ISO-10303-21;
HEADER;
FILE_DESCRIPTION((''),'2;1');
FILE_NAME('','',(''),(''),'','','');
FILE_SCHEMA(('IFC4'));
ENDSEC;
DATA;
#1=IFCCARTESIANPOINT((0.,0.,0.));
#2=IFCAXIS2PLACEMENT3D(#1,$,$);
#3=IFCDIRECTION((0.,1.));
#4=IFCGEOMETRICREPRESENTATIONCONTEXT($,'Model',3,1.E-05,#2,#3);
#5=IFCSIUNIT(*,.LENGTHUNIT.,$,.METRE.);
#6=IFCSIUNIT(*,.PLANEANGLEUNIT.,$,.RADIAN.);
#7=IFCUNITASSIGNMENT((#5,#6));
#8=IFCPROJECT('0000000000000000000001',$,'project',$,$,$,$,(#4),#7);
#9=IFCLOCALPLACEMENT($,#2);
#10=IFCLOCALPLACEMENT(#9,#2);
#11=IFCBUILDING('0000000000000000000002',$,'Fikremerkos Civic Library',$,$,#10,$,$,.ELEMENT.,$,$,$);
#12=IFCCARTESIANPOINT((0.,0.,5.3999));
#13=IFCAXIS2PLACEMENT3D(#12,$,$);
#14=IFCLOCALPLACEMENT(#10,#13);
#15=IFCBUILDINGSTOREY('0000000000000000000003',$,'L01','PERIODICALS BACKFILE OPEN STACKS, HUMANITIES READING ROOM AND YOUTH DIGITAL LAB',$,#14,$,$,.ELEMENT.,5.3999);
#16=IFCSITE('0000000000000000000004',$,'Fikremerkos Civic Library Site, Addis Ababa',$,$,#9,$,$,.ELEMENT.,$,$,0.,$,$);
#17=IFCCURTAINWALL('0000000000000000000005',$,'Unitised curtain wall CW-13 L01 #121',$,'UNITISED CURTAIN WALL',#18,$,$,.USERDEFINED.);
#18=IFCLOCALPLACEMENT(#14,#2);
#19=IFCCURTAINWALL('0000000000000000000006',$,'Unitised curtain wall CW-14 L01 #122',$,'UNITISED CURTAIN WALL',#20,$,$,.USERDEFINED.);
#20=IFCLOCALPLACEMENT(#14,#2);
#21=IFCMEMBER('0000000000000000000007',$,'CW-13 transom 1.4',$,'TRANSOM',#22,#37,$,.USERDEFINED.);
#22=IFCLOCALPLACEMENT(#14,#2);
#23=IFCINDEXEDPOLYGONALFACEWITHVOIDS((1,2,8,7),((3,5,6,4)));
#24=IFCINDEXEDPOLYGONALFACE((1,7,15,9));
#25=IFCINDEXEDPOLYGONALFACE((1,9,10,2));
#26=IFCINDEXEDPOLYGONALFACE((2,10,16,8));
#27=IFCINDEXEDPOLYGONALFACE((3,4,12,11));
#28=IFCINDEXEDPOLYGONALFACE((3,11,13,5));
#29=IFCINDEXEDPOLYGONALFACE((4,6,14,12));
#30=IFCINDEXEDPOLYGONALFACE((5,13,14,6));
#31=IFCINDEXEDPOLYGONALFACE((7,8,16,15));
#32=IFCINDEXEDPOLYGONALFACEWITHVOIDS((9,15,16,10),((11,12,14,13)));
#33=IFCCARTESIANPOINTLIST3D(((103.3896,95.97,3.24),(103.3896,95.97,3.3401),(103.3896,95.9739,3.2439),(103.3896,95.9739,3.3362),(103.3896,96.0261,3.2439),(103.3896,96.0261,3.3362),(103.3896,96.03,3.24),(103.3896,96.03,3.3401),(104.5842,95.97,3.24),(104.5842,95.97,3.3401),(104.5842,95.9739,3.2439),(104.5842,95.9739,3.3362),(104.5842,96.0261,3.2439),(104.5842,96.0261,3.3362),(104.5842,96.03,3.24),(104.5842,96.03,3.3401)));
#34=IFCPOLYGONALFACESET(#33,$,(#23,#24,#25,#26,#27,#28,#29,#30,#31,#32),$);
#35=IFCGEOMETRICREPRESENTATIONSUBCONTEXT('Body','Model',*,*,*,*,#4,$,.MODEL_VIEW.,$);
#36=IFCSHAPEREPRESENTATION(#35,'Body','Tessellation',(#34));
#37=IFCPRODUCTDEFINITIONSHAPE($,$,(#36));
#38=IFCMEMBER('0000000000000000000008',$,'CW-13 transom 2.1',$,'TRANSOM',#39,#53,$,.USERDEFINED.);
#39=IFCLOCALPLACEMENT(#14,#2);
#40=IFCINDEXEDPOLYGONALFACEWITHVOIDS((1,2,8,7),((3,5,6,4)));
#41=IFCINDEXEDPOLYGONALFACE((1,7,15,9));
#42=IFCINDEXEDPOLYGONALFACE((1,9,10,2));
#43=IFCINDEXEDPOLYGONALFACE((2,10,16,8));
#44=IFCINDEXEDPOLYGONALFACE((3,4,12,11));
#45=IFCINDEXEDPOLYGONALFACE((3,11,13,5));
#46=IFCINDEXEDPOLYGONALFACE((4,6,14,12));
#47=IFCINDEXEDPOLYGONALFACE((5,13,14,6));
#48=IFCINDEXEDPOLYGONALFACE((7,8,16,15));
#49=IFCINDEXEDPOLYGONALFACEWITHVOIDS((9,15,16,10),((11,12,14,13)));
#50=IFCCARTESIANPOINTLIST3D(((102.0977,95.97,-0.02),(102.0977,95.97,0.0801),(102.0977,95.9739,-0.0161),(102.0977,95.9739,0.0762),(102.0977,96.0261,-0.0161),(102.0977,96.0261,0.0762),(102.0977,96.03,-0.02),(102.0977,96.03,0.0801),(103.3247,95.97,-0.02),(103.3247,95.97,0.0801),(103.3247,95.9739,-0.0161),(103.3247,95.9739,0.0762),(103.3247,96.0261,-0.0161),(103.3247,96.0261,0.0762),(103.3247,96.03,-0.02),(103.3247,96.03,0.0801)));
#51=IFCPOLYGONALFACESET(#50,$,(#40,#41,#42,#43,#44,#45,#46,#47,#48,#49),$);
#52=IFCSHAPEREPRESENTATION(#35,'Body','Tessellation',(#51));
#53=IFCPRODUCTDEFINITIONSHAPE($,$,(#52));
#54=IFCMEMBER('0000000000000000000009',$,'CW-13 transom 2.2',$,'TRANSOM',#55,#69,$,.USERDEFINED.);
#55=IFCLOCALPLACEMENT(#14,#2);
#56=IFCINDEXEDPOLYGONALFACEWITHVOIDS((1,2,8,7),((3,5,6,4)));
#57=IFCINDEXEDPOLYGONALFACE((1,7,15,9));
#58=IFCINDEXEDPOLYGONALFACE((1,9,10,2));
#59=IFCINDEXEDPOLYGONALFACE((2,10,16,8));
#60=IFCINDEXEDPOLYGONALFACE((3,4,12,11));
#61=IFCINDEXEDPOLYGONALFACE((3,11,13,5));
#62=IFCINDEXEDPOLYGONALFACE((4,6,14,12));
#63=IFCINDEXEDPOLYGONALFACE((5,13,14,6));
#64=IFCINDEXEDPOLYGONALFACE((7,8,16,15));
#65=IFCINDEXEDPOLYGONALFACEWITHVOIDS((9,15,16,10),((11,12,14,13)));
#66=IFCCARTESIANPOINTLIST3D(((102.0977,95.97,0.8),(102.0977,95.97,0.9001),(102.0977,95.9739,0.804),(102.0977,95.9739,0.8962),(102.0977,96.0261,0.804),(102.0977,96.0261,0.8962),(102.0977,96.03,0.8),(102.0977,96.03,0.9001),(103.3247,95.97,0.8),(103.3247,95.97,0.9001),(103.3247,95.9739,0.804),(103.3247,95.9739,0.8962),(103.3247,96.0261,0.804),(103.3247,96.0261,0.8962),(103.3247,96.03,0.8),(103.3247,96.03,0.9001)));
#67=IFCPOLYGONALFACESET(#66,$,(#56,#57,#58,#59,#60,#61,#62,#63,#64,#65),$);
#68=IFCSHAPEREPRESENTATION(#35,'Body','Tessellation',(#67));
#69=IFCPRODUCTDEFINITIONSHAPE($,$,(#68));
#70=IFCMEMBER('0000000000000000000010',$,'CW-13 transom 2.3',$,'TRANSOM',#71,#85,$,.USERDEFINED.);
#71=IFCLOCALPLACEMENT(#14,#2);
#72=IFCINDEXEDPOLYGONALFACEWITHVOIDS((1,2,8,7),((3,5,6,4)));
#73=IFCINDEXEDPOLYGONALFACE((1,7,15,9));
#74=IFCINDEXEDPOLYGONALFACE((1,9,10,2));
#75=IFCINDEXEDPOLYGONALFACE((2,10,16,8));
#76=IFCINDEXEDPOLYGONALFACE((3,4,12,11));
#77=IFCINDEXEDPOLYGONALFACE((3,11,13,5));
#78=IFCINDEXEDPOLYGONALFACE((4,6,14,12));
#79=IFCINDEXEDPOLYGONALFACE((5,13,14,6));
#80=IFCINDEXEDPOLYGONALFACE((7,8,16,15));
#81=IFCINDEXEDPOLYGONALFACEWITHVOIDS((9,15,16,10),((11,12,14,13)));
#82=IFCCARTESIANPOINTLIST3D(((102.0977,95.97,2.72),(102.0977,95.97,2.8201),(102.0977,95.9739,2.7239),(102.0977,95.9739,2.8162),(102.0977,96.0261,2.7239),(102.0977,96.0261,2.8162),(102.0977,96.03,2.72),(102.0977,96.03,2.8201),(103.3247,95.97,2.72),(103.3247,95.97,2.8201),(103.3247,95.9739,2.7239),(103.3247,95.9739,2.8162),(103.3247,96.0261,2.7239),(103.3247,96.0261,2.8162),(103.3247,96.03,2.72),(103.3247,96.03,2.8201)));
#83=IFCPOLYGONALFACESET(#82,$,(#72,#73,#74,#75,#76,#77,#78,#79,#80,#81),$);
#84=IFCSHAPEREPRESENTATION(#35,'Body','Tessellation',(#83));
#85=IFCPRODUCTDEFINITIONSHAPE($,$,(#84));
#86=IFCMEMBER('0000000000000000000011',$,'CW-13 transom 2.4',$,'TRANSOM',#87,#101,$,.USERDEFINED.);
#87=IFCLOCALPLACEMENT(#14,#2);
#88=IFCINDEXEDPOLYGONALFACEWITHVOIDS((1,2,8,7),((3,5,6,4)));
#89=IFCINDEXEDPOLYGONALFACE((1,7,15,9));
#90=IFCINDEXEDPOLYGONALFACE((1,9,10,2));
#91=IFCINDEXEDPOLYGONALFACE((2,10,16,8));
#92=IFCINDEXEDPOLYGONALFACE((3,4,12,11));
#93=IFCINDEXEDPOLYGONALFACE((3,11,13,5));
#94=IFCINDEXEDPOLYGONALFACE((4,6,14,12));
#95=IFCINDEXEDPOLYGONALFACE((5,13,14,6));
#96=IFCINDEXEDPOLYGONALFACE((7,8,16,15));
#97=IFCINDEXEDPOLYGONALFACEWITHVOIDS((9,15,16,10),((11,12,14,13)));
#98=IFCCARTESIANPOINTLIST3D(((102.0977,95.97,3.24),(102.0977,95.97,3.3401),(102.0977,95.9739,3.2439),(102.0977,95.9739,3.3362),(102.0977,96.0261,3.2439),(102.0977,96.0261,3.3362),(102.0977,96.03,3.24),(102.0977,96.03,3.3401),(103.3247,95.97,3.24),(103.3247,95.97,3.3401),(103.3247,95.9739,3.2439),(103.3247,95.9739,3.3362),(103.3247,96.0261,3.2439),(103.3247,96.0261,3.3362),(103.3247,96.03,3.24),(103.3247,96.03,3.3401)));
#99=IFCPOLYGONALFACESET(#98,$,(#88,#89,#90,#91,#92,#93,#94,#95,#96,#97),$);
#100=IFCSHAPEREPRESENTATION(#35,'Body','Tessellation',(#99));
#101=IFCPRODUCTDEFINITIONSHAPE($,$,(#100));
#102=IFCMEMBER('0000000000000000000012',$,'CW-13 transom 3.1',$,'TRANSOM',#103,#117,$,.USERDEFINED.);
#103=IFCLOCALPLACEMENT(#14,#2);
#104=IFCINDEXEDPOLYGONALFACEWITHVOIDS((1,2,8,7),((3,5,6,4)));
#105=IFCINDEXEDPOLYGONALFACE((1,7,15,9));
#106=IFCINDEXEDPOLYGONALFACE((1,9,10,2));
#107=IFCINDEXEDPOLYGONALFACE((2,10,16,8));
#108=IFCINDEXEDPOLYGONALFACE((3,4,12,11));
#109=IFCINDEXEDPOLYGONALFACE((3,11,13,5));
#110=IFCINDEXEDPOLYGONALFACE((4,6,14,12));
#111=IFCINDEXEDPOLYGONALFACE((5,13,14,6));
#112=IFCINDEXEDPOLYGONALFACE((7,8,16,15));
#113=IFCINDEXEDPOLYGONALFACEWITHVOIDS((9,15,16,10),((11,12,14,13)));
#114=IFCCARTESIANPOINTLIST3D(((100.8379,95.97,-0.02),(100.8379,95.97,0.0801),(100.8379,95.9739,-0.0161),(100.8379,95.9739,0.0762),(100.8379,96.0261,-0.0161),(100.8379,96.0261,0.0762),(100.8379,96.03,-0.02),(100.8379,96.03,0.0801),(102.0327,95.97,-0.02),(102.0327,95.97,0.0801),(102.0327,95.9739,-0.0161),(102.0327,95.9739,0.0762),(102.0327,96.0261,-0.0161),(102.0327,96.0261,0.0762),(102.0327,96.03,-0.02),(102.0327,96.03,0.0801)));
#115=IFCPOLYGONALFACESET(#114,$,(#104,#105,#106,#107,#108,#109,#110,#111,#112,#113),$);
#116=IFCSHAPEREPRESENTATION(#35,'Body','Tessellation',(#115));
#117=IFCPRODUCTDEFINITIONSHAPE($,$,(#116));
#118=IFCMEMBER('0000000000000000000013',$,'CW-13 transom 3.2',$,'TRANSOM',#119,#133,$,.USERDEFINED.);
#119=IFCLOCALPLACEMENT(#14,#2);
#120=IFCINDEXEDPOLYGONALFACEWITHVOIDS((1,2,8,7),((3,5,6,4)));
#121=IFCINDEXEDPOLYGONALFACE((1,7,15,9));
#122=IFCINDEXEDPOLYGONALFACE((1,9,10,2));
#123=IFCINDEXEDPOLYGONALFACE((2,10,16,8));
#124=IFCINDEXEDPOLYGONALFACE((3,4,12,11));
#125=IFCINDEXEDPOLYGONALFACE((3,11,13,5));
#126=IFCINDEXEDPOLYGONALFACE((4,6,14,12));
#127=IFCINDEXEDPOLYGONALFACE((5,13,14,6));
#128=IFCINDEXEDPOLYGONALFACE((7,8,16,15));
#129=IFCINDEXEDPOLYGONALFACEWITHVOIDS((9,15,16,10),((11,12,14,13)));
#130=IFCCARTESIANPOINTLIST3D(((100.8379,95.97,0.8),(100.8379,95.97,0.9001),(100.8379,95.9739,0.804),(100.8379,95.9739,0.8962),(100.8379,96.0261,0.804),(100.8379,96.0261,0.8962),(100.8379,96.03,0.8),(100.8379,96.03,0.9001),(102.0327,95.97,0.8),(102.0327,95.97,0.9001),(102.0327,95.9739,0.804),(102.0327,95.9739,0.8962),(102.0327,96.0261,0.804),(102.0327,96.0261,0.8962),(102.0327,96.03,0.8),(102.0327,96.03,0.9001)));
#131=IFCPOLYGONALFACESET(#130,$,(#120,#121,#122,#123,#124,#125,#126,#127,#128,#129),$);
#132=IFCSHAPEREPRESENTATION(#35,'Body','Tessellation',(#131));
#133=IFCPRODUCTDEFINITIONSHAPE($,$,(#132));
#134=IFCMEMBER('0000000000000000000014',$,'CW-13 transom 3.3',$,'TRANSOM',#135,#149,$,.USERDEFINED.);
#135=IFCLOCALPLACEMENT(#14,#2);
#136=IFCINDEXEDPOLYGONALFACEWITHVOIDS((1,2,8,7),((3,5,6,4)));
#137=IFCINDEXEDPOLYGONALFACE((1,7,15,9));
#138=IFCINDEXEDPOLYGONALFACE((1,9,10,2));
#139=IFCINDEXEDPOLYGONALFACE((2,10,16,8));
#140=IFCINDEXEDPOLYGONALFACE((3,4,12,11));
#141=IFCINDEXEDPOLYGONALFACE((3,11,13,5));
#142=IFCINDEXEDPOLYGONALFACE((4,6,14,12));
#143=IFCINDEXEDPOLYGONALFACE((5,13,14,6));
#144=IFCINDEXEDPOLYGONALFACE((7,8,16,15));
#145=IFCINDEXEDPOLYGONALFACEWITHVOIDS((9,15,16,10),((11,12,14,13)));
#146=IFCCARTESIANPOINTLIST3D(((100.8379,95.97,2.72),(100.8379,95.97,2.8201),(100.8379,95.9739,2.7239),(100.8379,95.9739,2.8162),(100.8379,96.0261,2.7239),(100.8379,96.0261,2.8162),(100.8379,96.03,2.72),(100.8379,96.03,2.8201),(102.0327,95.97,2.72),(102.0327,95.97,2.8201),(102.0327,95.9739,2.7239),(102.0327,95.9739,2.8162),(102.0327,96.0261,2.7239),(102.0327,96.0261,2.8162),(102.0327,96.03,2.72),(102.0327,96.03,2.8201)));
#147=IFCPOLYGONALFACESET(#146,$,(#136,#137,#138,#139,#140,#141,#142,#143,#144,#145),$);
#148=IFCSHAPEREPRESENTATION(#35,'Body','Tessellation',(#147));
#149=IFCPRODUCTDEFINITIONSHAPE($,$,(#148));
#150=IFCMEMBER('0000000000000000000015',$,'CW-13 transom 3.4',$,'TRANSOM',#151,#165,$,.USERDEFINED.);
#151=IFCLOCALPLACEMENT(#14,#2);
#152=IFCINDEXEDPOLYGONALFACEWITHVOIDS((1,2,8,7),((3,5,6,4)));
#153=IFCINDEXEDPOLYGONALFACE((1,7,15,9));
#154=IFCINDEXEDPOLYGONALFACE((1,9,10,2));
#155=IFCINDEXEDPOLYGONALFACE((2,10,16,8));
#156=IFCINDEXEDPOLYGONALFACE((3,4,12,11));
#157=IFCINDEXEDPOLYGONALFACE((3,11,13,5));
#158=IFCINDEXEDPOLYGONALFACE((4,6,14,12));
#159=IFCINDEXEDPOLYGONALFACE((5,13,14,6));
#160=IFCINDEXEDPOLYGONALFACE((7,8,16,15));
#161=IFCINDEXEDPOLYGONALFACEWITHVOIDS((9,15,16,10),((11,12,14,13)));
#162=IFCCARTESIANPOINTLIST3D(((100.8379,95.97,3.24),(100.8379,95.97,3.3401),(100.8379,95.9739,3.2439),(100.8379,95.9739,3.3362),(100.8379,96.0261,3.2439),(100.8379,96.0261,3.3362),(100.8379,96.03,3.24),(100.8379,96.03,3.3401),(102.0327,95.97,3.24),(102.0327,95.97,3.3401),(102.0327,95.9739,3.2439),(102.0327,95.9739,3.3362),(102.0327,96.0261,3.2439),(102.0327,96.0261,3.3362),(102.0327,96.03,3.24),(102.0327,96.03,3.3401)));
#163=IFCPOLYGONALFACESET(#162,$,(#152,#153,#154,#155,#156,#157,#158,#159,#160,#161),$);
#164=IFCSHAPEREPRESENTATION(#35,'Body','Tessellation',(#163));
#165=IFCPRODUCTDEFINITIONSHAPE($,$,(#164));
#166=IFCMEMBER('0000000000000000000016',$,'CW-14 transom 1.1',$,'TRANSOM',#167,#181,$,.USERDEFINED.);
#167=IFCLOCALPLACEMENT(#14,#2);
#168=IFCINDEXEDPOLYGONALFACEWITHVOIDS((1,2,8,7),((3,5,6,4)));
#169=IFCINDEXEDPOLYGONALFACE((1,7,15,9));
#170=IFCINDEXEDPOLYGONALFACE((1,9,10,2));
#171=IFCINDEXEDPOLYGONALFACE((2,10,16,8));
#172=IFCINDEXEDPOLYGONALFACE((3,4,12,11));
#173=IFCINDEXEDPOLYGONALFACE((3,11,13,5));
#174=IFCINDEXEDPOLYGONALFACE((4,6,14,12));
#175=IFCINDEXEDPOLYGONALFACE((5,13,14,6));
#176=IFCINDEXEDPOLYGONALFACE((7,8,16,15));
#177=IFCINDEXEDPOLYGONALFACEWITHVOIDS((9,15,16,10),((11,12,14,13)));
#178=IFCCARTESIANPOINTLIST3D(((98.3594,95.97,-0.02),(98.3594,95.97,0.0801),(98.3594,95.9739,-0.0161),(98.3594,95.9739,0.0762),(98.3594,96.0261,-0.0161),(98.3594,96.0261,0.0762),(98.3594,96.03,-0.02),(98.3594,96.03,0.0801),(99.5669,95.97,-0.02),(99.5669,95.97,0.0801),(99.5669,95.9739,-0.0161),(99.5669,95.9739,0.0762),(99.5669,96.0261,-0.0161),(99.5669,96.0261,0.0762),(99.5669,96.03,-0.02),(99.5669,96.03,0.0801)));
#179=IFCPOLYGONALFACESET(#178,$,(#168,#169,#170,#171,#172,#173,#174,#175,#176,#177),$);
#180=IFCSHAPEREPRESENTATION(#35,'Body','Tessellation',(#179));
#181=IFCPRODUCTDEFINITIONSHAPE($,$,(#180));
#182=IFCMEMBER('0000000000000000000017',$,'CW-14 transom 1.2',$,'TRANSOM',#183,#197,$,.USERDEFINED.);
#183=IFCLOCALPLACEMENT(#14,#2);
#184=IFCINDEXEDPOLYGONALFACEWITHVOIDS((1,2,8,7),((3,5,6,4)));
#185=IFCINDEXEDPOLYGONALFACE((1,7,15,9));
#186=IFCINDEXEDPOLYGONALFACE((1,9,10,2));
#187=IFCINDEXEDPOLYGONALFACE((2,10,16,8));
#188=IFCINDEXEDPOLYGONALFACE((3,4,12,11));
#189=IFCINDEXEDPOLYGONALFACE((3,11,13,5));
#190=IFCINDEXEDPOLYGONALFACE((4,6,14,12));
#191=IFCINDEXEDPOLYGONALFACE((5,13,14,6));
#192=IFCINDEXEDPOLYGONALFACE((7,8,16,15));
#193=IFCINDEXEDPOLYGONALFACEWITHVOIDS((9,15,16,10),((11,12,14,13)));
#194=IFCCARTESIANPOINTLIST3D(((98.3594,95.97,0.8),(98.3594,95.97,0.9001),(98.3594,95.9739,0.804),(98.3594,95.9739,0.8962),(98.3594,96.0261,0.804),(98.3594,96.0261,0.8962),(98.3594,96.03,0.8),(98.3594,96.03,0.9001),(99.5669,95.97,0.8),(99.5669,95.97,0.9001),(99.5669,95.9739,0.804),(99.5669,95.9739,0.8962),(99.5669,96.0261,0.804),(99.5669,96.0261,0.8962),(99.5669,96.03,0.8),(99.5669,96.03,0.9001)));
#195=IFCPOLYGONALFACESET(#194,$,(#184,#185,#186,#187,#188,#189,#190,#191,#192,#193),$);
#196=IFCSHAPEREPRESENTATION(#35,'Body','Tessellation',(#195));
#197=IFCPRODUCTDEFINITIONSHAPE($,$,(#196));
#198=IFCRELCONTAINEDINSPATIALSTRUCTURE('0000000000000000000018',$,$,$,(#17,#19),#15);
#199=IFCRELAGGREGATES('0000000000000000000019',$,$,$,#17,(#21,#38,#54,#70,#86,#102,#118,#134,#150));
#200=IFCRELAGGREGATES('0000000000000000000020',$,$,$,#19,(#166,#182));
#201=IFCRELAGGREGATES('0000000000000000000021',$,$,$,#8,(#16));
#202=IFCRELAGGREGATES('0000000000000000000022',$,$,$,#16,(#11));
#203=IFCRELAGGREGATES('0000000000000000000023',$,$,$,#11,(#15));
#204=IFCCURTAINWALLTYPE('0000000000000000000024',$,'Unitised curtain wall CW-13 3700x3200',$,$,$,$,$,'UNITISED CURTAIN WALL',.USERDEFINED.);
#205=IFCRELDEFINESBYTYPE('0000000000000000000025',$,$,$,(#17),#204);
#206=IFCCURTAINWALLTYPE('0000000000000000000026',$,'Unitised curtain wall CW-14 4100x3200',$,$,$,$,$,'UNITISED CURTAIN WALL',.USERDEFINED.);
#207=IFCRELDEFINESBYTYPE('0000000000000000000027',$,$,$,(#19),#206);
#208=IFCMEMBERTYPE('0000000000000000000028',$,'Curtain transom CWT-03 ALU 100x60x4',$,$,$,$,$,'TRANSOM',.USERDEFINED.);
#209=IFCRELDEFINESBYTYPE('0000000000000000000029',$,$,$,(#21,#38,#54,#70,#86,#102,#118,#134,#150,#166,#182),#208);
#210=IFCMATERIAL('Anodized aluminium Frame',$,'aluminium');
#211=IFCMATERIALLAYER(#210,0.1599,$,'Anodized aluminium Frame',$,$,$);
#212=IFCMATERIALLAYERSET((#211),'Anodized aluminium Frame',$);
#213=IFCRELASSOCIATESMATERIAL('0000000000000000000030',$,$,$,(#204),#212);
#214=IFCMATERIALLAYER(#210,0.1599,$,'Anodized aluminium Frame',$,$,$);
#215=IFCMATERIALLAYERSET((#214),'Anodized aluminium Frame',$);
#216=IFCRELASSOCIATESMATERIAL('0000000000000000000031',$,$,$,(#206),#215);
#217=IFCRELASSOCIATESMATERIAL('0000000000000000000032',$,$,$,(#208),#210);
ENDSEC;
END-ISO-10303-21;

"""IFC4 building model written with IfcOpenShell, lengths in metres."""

from ifc_helpers import new_model, si_unit, direction, frame, origin, origin_2d, place, context, subcontext, project, spatial, hollow_rectangle, extrude, material, layer, layer_set, material_profile, profile_set, type_object, element, aggregate, save


model = new_model("IFC4")

# Units and contexts
model_context = context("Model", 3, precision=1e-05, world=origin(), true_north=direction((0.0, 1.0)))
body_context = subcontext(model_context, "Body", "Model", "MODEL_VIEW")
ifc_project = project(units=[si_unit("LENGTHUNIT", "METRE"), si_unit("PLANEANGLEUNIT", "RADIAN")], contexts=[model_context])

# Site, building, storey
site_placement = place(None, origin())
site = spatial("IfcSite", under=ifc_project, at=site_placement, Name="Fikremerkos Civic Library Site, Addis Ababa", CompositionType="ELEMENT", RefElevation=0.0)
building_placement = place(site_placement, origin())
building = spatial("IfcBuilding", under=site, at=building_placement, Name="Fikremerkos Civic Library", CompositionType="ELEMENT")
storey_placement = place(building_placement, frame((0.0, 0.0, 5.3999)))
storey = spatial("IfcBuildingStorey", under=building, at=storey_placement, Name="L01", Description="PERIODICALS BACKFILE OPEN STACKS, HUMANITIES READING ROOM AND YOUTH DIGITAL LAB", CompositionType="ELEMENT", Elevation=5.3999)

# Curtain wall
ifc_material_1 = material(Name="Anodized aluminium Frame", Category="aluminium")
ifc_layer_1 = layer(ifc_material_1, 0.1599, Name="Anodized aluminium Frame")
ifc_layer_set_1 = layer_set([ifc_layer_1], Name="Anodized aluminium Frame")
curtain_wall_type_1 = type_object("IfcCurtainWallType", Name="Unitised curtain wall CW-13 3700x3200", ElementType="UNITISED CURTAIN WALL", PredefinedType="USERDEFINED", material=ifc_layer_set_1)
curtain_wall_1_placement = place(storey_placement, origin())
curtain_wall_1 = element("IfcCurtainWall", 1, at=curtain_wall_1_placement, inside=storey, type_object=curtain_wall_type_1, Name="Unitised curtain wall CW-13 L01 #121", ObjectType="UNITISED CURTAIN WALL", PredefinedType="USERDEFINED")

# Curtain wall
ifc_layer_2 = layer(ifc_material_1, 0.1599, Name="Anodized aluminium Frame")
ifc_layer_set_2 = layer_set([ifc_layer_2], Name="Anodized aluminium Frame")
curtain_wall_type_2 = type_object("IfcCurtainWallType", Name="Unitised curtain wall CW-14 4100x3200", ElementType="UNITISED CURTAIN WALL", PredefinedType="USERDEFINED", material=ifc_layer_set_2)
curtain_wall_2_placement = place(storey_placement, origin())
curtain_wall_2 = element("IfcCurtainWall", 2, at=curtain_wall_2_placement, inside=storey, type_object=curtain_wall_type_2, Name="Unitised curtain wall CW-14 L01 #122", ObjectType="UNITISED CURTAIN WALL", PredefinedType="USERDEFINED")

# Members
ifc_material_profile_1 = material_profile(ifc_material_1, hollow_rectangle(XDim=0.0601, YDim=0.1001, WallThickness=0.0039, at=origin_2d()), Name="ALU 100x60x4")
ifc_profile_set_1 = profile_set([ifc_material_profile_1], Name="Anodized aluminium Frame")
member_type_1 = type_object("IfcMemberType", Name="Curtain transom CWT-03 ALU 100x60x4", ElementType="TRANSOM", PredefinedType="USERDEFINED", material=ifc_profile_set_1)
member_1_placement = place(storey_placement, frame((104.5842, 96.0, 3.29), z_axis=(-1.0, 0.0, 0.0), x_axis=(0.0, -1.0, 0.0)))
member_1 = element("IfcMember", 3, at=member_1_placement, type_object=member_type_1, Name="CW-13 transom 1.4", ObjectType="TRANSOM", PredefinedType="USERDEFINED", context=body_context, shape_type="SweptSolid", body=[
    extrude(hollow_rectangle(XDim=0.0601, YDim=0.1001, WallThickness=0.0039, at=origin_2d()), origin(), (0.0, 0.0, 1.0), 1.1946),
])
member_2_placement = place(storey_placement, frame((103.3247, 96.0, 0.03), z_axis=(-1.0, 0.0, 0.0), x_axis=(0.0, -1.0, 0.0)))
member_2 = element("IfcMember", 4, at=member_2_placement, type_object=member_type_1, Name="CW-13 transom 2.1", ObjectType="TRANSOM", PredefinedType="USERDEFINED", context=body_context, shape_type="SweptSolid", body=[
    extrude(hollow_rectangle(XDim=0.0601, YDim=0.1001, WallThickness=0.0039, at=origin_2d()), origin(), (0.0, 0.0, 1.0), 1.2271),
])
member_3_placement = place(storey_placement, frame((103.3247, 96.0, 0.8501), z_axis=(-1.0, 0.0, 0.0), x_axis=(0.0, -1.0, 0.0)))
member_3 = element("IfcMember", 5, at=member_3_placement, type_object=member_type_1, Name="CW-13 transom 2.2", ObjectType="TRANSOM", PredefinedType="USERDEFINED", context=body_context, shape_type="SweptSolid", body=[
    extrude(hollow_rectangle(XDim=0.0601, YDim=0.1001, WallThickness=0.0039, at=origin_2d()), origin(), (0.0, 0.0, 1.0), 1.2271),
])
member_4_placement = place(storey_placement, frame((103.3247, 96.0, 2.77), z_axis=(-1.0, 0.0, 0.0), x_axis=(0.0, -1.0, 0.0)))
member_4 = element("IfcMember", 6, at=member_4_placement, type_object=member_type_1, Name="CW-13 transom 2.3", ObjectType="TRANSOM", PredefinedType="USERDEFINED", context=body_context, shape_type="SweptSolid", body=[
    extrude(hollow_rectangle(XDim=0.0601, YDim=0.1001, WallThickness=0.0039, at=origin_2d()), origin(), (0.0, 0.0, 1.0), 1.2271),
])
member_5_placement = place(storey_placement, frame((103.3247, 96.0, 3.29), z_axis=(-1.0, 0.0, 0.0), x_axis=(0.0, -1.0, 0.0)))
member_5 = element("IfcMember", 7, at=member_5_placement, type_object=member_type_1, Name="CW-13 transom 2.4", ObjectType="TRANSOM", PredefinedType="USERDEFINED", context=body_context, shape_type="SweptSolid", body=[
    extrude(hollow_rectangle(XDim=0.0601, YDim=0.1001, WallThickness=0.0039, at=origin_2d()), origin(), (0.0, 0.0, 1.0), 1.2271),
])
member_6_placement = place(storey_placement, frame((102.0327, 96.0, 0.03), z_axis=(-1.0, 0.0, 0.0), x_axis=(0.0, -1.0, 0.0)))
member_6 = element("IfcMember", 8, at=member_6_placement, type_object=member_type_1, Name="CW-13 transom 3.1", ObjectType="TRANSOM", PredefinedType="USERDEFINED", context=body_context, shape_type="SweptSolid", body=[
    extrude(hollow_rectangle(XDim=0.0601, YDim=0.1001, WallThickness=0.0039, at=origin_2d()), origin(), (0.0, 0.0, 1.0), 1.1948),
])
member_7_placement = place(storey_placement, frame((102.0327, 96.0, 0.8501), z_axis=(-1.0, 0.0, 0.0), x_axis=(0.0, -1.0, 0.0)))
member_7 = element("IfcMember", 9, at=member_7_placement, type_object=member_type_1, Name="CW-13 transom 3.2", ObjectType="TRANSOM", PredefinedType="USERDEFINED", context=body_context, shape_type="SweptSolid", body=[
    extrude(hollow_rectangle(XDim=0.0601, YDim=0.1001, WallThickness=0.0039, at=origin_2d()), origin(), (0.0, 0.0, 1.0), 1.1948),
])
member_8_placement = place(storey_placement, frame((102.0327, 96.0, 2.77), z_axis=(-1.0, 0.0, 0.0), x_axis=(0.0, -1.0, 0.0)))
member_8 = element("IfcMember", 10, at=member_8_placement, type_object=member_type_1, Name="CW-13 transom 3.3", ObjectType="TRANSOM", PredefinedType="USERDEFINED", context=body_context, shape_type="SweptSolid", body=[
    extrude(hollow_rectangle(XDim=0.0601, YDim=0.1001, WallThickness=0.0039, at=origin_2d()), origin(), (0.0, 0.0, 1.0), 1.1948),
])
member_9_placement = place(storey_placement, frame((102.0327, 96.0, 3.29), z_axis=(-1.0, 0.0, 0.0), x_axis=(0.0, -1.0, 0.0)))
member_9 = element("IfcMember", 11, at=member_9_placement, type_object=member_type_1, Name="CW-13 transom 3.4", ObjectType="TRANSOM", PredefinedType="USERDEFINED", context=body_context, shape_type="SweptSolid", body=[
    extrude(hollow_rectangle(XDim=0.0601, YDim=0.1001, WallThickness=0.0039, at=origin_2d()), origin(), (0.0, 0.0, 1.0), 1.1948),
])
member_10_placement = place(storey_placement, frame((99.5669, 96.0, 0.03), z_axis=(-1.0, 0.0, 0.0), x_axis=(0.0, -1.0, 0.0)))
member_10 = element("IfcMember", 12, at=member_10_placement, type_object=member_type_1, Name="CW-14 transom 1.1", ObjectType="TRANSOM", PredefinedType="USERDEFINED", context=body_context, shape_type="SweptSolid", body=[
    extrude(hollow_rectangle(XDim=0.0601, YDim=0.1001, WallThickness=0.0039, at=origin_2d()), origin(), (0.0, 0.0, 1.0), 1.2075),
])
member_11_placement = place(storey_placement, frame((99.5669, 96.0, 0.8501), z_axis=(-1.0, 0.0, 0.0), x_axis=(0.0, -1.0, 0.0)))
member_11 = element("IfcMember", 13, at=member_11_placement, type_object=member_type_1, Name="CW-14 transom 1.2", ObjectType="TRANSOM", PredefinedType="USERDEFINED", context=body_context, shape_type="SweptSolid", body=[
    extrude(hollow_rectangle(XDim=0.0601, YDim=0.1001, WallThickness=0.0039, at=origin_2d()), origin(), (0.0, 0.0, 1.0), 1.2075),
])

aggregate(curtain_wall_1, [member_1, member_2, member_3, member_4, member_5, member_6, member_7, member_8, member_9])
aggregate(curtain_wall_2, [member_10, member_11])

save(model, "model.ifc")
